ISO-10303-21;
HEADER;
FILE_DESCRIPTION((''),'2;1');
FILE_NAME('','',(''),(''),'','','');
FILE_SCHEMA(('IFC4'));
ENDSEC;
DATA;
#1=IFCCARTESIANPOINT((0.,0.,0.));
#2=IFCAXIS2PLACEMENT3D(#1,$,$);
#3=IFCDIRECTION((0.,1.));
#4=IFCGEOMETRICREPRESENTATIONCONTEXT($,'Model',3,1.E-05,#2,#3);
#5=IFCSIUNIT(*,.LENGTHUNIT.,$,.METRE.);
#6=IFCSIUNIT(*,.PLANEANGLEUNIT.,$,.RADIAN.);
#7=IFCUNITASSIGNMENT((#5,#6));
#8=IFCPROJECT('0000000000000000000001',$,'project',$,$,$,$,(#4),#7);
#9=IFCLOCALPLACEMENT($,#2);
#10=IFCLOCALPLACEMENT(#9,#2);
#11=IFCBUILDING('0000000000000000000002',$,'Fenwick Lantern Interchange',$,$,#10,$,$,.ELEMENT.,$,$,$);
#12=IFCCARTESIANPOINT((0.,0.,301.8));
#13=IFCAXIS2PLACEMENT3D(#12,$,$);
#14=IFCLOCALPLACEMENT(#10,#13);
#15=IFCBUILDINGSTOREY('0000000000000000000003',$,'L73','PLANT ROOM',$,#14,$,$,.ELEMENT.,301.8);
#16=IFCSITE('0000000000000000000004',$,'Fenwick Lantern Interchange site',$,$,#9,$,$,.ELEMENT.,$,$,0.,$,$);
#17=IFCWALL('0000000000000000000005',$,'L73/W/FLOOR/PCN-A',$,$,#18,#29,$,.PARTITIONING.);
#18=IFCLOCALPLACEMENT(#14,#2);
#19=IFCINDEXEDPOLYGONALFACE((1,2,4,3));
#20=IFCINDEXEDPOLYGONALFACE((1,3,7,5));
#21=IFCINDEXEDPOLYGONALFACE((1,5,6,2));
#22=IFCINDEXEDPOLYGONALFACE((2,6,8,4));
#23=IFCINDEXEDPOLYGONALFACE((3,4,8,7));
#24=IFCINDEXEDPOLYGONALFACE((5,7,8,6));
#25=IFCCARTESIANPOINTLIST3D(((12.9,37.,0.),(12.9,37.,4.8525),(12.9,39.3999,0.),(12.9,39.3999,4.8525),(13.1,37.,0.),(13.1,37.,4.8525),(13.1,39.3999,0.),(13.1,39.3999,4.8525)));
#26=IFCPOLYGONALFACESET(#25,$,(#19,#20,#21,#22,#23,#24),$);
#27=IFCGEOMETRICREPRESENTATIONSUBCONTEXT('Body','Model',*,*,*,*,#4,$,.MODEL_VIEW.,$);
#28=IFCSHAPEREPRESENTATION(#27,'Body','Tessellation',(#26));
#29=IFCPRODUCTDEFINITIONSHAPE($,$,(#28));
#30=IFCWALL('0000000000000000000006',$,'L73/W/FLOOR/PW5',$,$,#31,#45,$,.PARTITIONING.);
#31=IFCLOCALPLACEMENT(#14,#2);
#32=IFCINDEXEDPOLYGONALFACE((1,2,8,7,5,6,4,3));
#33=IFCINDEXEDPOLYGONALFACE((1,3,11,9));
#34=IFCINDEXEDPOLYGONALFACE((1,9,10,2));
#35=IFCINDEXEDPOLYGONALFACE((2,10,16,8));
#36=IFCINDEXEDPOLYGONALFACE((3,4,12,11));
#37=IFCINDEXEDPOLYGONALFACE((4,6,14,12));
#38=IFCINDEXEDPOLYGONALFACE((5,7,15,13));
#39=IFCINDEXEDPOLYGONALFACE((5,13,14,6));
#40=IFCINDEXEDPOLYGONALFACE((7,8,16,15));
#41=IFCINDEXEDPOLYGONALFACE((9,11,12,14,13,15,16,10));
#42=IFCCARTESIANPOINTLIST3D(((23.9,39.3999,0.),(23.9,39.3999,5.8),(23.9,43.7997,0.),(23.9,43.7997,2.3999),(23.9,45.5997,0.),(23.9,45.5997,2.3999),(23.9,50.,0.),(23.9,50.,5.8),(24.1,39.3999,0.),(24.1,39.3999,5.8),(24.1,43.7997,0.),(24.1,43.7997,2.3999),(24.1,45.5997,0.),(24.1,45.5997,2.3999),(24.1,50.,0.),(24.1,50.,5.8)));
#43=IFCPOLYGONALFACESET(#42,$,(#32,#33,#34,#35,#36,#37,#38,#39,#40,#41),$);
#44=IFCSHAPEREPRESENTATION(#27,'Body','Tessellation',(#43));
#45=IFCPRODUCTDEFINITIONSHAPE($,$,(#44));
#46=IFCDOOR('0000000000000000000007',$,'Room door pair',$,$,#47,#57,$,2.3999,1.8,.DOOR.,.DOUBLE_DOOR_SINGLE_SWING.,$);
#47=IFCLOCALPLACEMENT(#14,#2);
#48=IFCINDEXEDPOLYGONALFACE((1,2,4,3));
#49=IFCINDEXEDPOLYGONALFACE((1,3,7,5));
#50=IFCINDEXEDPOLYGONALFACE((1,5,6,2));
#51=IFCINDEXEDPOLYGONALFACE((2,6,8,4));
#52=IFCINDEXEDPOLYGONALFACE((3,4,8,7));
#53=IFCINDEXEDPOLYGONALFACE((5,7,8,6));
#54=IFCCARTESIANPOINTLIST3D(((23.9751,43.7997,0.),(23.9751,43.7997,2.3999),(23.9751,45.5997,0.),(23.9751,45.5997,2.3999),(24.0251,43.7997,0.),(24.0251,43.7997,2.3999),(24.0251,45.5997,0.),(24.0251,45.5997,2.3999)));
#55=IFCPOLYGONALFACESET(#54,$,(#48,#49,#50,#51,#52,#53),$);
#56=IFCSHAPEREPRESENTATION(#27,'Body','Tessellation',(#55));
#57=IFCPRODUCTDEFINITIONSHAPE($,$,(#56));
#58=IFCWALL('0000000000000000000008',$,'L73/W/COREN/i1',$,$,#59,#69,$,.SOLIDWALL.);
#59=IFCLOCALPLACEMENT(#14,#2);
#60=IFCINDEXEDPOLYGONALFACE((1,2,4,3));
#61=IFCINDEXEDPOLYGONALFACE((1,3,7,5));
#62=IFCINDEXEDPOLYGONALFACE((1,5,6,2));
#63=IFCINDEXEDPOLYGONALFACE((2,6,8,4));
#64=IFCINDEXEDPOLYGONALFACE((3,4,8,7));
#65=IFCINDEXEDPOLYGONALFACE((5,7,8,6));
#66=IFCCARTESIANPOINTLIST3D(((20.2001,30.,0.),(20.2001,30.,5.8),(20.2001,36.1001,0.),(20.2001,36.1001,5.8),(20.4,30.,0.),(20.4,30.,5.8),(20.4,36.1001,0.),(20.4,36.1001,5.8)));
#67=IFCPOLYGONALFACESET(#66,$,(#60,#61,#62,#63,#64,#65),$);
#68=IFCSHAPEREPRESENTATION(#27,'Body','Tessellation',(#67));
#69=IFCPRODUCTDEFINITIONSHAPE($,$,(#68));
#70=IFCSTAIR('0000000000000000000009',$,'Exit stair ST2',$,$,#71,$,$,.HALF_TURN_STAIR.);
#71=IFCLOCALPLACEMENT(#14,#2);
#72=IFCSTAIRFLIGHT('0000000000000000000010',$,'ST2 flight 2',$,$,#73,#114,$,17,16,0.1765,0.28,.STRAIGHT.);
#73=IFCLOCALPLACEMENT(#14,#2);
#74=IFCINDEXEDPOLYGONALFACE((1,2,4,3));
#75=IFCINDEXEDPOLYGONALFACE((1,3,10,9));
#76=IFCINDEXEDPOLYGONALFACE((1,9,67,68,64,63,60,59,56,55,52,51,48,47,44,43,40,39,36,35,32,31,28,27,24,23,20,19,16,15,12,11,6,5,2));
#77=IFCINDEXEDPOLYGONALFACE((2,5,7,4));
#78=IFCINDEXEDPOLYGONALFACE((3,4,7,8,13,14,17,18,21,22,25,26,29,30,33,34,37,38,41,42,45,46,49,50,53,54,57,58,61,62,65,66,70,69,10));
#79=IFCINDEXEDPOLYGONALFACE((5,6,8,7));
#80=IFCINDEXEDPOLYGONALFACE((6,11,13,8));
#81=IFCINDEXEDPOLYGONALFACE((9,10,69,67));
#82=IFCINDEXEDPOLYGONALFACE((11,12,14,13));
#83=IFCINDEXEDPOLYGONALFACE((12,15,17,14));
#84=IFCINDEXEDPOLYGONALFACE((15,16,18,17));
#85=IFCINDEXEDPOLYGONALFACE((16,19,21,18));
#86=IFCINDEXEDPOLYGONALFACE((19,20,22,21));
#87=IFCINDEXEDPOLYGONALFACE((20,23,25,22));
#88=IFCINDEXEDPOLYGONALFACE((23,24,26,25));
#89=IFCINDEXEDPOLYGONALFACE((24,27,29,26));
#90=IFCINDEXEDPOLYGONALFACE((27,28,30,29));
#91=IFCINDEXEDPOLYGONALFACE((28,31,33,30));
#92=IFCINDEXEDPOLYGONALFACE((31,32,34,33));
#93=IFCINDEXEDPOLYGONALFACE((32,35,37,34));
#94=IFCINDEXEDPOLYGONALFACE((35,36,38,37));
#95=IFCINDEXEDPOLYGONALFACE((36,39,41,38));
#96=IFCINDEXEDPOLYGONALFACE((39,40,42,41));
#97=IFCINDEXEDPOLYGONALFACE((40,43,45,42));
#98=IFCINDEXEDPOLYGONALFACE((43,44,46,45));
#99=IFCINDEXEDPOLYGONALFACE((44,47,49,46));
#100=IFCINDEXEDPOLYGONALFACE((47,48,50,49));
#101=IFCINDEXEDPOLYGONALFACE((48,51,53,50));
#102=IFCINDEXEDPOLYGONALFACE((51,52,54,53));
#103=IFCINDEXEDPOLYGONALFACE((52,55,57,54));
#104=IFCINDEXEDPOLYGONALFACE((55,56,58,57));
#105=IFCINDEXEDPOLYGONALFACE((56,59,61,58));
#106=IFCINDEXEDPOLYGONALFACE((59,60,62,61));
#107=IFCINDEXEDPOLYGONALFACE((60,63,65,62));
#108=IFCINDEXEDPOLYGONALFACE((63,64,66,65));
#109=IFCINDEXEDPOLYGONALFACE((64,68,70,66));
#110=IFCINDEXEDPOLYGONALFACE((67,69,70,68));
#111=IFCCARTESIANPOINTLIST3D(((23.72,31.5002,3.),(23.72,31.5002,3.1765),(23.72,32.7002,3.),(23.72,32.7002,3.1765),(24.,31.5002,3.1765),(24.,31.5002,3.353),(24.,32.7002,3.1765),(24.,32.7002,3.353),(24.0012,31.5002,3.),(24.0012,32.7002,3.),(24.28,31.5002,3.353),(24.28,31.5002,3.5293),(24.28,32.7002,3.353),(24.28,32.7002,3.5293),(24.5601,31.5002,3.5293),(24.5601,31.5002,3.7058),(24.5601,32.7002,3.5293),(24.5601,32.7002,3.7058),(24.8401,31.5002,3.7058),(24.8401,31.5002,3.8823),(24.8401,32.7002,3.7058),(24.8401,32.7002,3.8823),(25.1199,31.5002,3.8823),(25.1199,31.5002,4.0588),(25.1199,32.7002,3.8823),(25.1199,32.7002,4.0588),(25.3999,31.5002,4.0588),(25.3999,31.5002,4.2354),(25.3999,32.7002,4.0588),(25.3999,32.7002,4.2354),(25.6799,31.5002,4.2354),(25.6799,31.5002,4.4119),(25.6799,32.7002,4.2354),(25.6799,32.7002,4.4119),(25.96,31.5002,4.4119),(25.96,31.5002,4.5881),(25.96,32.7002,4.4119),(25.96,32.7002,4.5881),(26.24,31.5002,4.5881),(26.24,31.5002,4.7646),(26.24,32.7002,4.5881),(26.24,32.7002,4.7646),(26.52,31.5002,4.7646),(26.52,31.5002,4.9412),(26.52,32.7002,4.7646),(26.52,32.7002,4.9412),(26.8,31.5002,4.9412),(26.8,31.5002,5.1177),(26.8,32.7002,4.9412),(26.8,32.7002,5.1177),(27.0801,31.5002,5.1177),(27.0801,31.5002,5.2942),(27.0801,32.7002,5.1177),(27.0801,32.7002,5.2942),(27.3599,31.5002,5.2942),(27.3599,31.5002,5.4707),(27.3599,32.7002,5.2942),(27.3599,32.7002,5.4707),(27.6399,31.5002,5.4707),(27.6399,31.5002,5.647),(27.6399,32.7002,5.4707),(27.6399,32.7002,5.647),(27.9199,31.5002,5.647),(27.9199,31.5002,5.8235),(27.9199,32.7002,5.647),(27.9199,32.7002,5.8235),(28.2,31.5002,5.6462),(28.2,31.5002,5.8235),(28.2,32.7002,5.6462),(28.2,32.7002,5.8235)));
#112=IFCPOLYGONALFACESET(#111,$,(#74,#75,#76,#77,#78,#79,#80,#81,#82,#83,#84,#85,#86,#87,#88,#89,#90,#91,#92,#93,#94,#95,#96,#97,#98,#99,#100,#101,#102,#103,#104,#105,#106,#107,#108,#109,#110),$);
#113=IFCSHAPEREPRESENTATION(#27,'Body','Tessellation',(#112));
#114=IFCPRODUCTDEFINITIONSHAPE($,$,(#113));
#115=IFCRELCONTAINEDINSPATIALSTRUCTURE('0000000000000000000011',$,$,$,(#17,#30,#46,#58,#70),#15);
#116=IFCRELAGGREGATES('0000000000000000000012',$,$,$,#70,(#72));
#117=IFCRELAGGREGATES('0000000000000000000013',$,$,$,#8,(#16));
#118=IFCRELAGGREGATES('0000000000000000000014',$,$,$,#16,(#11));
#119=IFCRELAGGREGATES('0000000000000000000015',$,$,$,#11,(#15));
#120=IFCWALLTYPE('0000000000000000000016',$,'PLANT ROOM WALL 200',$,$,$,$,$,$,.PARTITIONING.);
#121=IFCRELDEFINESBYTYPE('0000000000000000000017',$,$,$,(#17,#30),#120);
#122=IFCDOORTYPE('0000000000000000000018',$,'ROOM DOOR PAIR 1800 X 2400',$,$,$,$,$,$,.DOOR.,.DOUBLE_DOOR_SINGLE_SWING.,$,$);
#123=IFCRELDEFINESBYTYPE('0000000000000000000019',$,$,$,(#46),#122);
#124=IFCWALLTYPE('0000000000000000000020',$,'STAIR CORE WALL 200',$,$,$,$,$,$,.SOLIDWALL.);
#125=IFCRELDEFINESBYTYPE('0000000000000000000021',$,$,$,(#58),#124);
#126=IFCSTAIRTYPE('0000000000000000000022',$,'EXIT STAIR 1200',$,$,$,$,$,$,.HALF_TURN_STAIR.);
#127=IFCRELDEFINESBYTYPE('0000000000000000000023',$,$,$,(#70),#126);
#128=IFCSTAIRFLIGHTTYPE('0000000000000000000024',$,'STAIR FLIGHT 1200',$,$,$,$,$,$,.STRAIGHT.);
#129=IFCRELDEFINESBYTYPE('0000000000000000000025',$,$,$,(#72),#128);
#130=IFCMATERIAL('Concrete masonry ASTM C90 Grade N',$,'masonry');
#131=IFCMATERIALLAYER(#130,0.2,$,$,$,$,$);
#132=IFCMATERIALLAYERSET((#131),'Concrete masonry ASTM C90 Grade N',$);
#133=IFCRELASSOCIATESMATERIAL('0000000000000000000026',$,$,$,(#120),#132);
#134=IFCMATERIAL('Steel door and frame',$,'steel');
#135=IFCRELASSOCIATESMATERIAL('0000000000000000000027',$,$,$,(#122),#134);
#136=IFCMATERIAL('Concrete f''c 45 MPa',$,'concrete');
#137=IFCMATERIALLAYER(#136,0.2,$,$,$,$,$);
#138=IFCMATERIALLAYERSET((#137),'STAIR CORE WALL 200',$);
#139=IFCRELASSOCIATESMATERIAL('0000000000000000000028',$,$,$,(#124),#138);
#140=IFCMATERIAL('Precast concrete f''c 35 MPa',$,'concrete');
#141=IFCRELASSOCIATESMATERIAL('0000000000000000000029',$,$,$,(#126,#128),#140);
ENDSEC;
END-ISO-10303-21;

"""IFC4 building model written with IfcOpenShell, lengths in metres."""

from ifc_helpers import new_model, si_unit, direction, frame, frame_2d, origin, place, context, subcontext, project, spatial, polyline, rectangle, outline, extrude, material, layer, layer_set, type_object, element, fill, aggregate, save


model = new_model("IFC4")

# Units and contexts
model_context = context("Model", 3, precision=1e-05, world=origin(), true_north=direction((0.0, 1.0)))
body_context = subcontext(model_context, "Body", "Model", "MODEL_VIEW")
ifc_project = project(units=[si_unit("LENGTHUNIT", "METRE"), si_unit("PLANEANGLEUNIT", "RADIAN")], contexts=[model_context])

# Site, building, storey
site_placement = place(None, origin())
site = spatial("IfcSite", under=ifc_project, at=site_placement, Name="Fenwick Lantern Interchange site", CompositionType="ELEMENT", RefElevation=0.0)
building_placement = place(site_placement, origin())
building = spatial("IfcBuilding", under=site, at=building_placement, Name="Fenwick Lantern Interchange", CompositionType="ELEMENT")
storey_placement = place(building_placement, frame((0.0, 0.0, 301.8)))
storey = spatial("IfcBuildingStorey", under=building, at=storey_placement, Name="L73", Description="PLANT ROOM", CompositionType="ELEMENT", Elevation=301.8)

# Shared definitions
ifc_material_1 = material(Name="Concrete masonry ASTM C90 Grade N", Category="masonry")

# Shared definitions
ifc_material_2 = material(Name="Steel door and frame", Category="steel")
ifc_layer_1 = layer(ifc_material_1, 0.2)
ifc_layer_set_1 = layer_set([ifc_layer_1], Name="Concrete masonry ASTM C90 Grade N")
wall_type_1 = type_object("IfcWallType", Name="PLANT ROOM WALL 200", PredefinedType="PARTITIONING", material=ifc_layer_set_1)
door_type_1 = type_object("IfcDoorType", Name="ROOM DOOR PAIR 1800 X 2400", OperationType="DOUBLE_DOOR_SINGLE_SWING", PredefinedType="DOOR", material=ifc_material_2)

# Wall
wall_1_placement = place(storey_placement, frame((13.0, 37.0, 0.0), z_axis=(0.0, 0.0, 1.0), x_axis=(0.0, 1.0, 0.0)))
element("IfcWall", 1, at=wall_1_placement, inside=storey, type_object=wall_type_1, Name="L73/W/FLOOR/PCN-A", PredefinedType="PARTITIONING", context=body_context, shape_type="SweptSolid", body=[
    extrude(rectangle(XDim=2.3999, YDim=0.2, at=frame_2d((1.2, 0.0))), origin(), (0.0, 0.0, 1.0), 4.8525),
])

# Wall, opening, door
wall_2_placement = place(storey_placement, frame((24.0, 39.3999, 0.0), z_axis=(0.0, 0.0, 1.0), x_axis=(0.0, 1.0, 0.0)))
wall_2 = element("IfcWall", 2, at=wall_2_placement, inside=storey, type_object=wall_type_1, Name="L73/W/FLOOR/PW5", PredefinedType="PARTITIONING", context=body_context, shape_type="SweptSolid", body=[
    extrude(rectangle(XDim=10.6001, YDim=0.2, at=frame_2d((5.3, 0.0))), origin(), (0.0, 0.0, 1.0), 5.8),
])
opening_1_placement = place(wall_2_placement, frame((4.3999, 0.0, 0.0)))
opening_1 = element("IfcOpeningElement", 3, at=opening_1_placement, cuts=wall_2, PredefinedType="OPENING", context=body_context, shape_type="SweptSolid", body=[
    extrude(rectangle(XDim=1.8, YDim=2.3999, at=frame_2d((0.8999, 1.2))), frame((0.0, 0.1099, 0.0), z_axis=(0.0, -1.0, 0.0), x_axis=(1.0, 0.0, 0.0)), (0.0, 0.0, 1.0), 0.22),
])
door_1_placement = place(opening_1_placement, origin())
door_1 = element("IfcDoor", 4, at=door_1_placement, inside=storey, type_object=door_type_1, Name="Room door pair", OperationType="DOUBLE_DOOR_SINGLE_SWING", OverallHeight=2.3999, OverallWidth=1.8, PredefinedType="DOOR", context=body_context, shape_type="SweptSolid", body=[
    extrude(rectangle(XDim=1.8, YDim=2.3999, at=frame_2d((0.8999, 1.2))), frame((0.0, 0.0249, 0.0), z_axis=(0.0, -1.0, 0.0), x_axis=(1.0, 0.0, 0.0)), (0.0, 0.0, 1.0), 0.05),
])
fill(opening_1, door_1)

# Wall
ifc_material_3 = material(Name="Concrete f'c 45 MPa", Category="concrete")
ifc_layer_2 = layer(ifc_material_3, 0.2)
ifc_layer_set_2 = layer_set([ifc_layer_2], Name="STAIR CORE WALL 200")
wall_type_2 = type_object("IfcWallType", Name="STAIR CORE WALL 200", PredefinedType="SOLIDWALL", material=ifc_layer_set_2)
wall_3_placement = place(storey_placement, frame((20.3, 36.1001, 0.0), z_axis=(0.0, 0.0, 1.0), x_axis=(0.0, -1.0, 0.0)))
element("IfcWall", 5, at=wall_3_placement, inside=storey, type_object=wall_type_2, Name="L73/W/COREN/i1", PredefinedType="SOLIDWALL", context=body_context, shape_type="SweptSolid", body=[
    extrude(rectangle(XDim=6.1001, YDim=0.2, at=frame_2d((3.05, 0.0))), origin(), (0.0, 0.0, 1.0), 5.8),
])

# Stair, stair flight
ifc_material_4 = material(Name="Precast concrete f'c 35 MPa", Category="concrete")
stair_type = type_object("IfcStairType", Name="EXIT STAIR 1200", PredefinedType="HALF_TURN_STAIR", material=ifc_material_4)
stair_placement = place(storey_placement, origin())
stair = element("IfcStair", 6, at=stair_placement, inside=storey, type_object=stair_type, Name="Exit stair ST2", PredefinedType="HALF_TURN_STAIR")
stair_flight_type = type_object("IfcStairFlightType", Name="STAIR FLIGHT 1200", PredefinedType="STRAIGHT", material=ifc_material_4)
stair_flight_placement = place(storey_placement, frame((23.72, 32.1001, 3.0), z_axis=(0.0, 0.0, 1.0), x_axis=(1.0, 0.0, 0.0)))
stair_flight = element("IfcStairFlight", 7, at=stair_flight_placement, type_object=stair_flight_type, Name="ST2 flight 2", NumberOfRisers=17, NumberOfTreads=16, PredefinedType="STRAIGHT", RiserHeight=0.1765, TreadLength=0.28, context=body_context, shape_type="SweptSolid", body=[
    extrude(outline(polyline([(0.0, 0.0), (0.0, 0.1765), (0.28, 0.1765), (0.28, 0.353), (0.5601, 0.353), (0.5601, 0.5293), (0.8401, 0.5293), (0.8401, 0.7058), (1.1201, 0.7058), (1.1201, 0.8823), (1.3999, 0.8823), (1.3999, 1.0588), (1.6799, 1.0588), (1.6799, 1.2354), (1.96, 1.2354), (1.96, 1.4119), (2.24, 1.4119), (2.24, 1.5881), (2.52, 1.5881), (2.52, 1.7646), (2.8, 1.7646), (2.8, 1.9412), (3.0801, 1.9412), (3.0801, 2.1177), (3.3601, 2.1177), (3.3601, 2.2942), (3.6399, 2.2942), (3.6399, 2.4707), (3.9199, 2.4707), (3.9199, 2.647), (4.2, 2.647), (4.2, 2.8235), (4.48, 2.8235), (4.48, 3.0), (4.48, 2.6462), (0.2812, 0.0), (0.0, 0.0)])), frame((0.0, 0.6001, 0.0), z_axis=(0.0, -1.0, 0.0), x_axis=(1.0, 0.0, 0.0)), (0.0, 0.0, 1.0), 1.2),
])
aggregate(stair, [stair_flight])

save(model, "model.ifc")
